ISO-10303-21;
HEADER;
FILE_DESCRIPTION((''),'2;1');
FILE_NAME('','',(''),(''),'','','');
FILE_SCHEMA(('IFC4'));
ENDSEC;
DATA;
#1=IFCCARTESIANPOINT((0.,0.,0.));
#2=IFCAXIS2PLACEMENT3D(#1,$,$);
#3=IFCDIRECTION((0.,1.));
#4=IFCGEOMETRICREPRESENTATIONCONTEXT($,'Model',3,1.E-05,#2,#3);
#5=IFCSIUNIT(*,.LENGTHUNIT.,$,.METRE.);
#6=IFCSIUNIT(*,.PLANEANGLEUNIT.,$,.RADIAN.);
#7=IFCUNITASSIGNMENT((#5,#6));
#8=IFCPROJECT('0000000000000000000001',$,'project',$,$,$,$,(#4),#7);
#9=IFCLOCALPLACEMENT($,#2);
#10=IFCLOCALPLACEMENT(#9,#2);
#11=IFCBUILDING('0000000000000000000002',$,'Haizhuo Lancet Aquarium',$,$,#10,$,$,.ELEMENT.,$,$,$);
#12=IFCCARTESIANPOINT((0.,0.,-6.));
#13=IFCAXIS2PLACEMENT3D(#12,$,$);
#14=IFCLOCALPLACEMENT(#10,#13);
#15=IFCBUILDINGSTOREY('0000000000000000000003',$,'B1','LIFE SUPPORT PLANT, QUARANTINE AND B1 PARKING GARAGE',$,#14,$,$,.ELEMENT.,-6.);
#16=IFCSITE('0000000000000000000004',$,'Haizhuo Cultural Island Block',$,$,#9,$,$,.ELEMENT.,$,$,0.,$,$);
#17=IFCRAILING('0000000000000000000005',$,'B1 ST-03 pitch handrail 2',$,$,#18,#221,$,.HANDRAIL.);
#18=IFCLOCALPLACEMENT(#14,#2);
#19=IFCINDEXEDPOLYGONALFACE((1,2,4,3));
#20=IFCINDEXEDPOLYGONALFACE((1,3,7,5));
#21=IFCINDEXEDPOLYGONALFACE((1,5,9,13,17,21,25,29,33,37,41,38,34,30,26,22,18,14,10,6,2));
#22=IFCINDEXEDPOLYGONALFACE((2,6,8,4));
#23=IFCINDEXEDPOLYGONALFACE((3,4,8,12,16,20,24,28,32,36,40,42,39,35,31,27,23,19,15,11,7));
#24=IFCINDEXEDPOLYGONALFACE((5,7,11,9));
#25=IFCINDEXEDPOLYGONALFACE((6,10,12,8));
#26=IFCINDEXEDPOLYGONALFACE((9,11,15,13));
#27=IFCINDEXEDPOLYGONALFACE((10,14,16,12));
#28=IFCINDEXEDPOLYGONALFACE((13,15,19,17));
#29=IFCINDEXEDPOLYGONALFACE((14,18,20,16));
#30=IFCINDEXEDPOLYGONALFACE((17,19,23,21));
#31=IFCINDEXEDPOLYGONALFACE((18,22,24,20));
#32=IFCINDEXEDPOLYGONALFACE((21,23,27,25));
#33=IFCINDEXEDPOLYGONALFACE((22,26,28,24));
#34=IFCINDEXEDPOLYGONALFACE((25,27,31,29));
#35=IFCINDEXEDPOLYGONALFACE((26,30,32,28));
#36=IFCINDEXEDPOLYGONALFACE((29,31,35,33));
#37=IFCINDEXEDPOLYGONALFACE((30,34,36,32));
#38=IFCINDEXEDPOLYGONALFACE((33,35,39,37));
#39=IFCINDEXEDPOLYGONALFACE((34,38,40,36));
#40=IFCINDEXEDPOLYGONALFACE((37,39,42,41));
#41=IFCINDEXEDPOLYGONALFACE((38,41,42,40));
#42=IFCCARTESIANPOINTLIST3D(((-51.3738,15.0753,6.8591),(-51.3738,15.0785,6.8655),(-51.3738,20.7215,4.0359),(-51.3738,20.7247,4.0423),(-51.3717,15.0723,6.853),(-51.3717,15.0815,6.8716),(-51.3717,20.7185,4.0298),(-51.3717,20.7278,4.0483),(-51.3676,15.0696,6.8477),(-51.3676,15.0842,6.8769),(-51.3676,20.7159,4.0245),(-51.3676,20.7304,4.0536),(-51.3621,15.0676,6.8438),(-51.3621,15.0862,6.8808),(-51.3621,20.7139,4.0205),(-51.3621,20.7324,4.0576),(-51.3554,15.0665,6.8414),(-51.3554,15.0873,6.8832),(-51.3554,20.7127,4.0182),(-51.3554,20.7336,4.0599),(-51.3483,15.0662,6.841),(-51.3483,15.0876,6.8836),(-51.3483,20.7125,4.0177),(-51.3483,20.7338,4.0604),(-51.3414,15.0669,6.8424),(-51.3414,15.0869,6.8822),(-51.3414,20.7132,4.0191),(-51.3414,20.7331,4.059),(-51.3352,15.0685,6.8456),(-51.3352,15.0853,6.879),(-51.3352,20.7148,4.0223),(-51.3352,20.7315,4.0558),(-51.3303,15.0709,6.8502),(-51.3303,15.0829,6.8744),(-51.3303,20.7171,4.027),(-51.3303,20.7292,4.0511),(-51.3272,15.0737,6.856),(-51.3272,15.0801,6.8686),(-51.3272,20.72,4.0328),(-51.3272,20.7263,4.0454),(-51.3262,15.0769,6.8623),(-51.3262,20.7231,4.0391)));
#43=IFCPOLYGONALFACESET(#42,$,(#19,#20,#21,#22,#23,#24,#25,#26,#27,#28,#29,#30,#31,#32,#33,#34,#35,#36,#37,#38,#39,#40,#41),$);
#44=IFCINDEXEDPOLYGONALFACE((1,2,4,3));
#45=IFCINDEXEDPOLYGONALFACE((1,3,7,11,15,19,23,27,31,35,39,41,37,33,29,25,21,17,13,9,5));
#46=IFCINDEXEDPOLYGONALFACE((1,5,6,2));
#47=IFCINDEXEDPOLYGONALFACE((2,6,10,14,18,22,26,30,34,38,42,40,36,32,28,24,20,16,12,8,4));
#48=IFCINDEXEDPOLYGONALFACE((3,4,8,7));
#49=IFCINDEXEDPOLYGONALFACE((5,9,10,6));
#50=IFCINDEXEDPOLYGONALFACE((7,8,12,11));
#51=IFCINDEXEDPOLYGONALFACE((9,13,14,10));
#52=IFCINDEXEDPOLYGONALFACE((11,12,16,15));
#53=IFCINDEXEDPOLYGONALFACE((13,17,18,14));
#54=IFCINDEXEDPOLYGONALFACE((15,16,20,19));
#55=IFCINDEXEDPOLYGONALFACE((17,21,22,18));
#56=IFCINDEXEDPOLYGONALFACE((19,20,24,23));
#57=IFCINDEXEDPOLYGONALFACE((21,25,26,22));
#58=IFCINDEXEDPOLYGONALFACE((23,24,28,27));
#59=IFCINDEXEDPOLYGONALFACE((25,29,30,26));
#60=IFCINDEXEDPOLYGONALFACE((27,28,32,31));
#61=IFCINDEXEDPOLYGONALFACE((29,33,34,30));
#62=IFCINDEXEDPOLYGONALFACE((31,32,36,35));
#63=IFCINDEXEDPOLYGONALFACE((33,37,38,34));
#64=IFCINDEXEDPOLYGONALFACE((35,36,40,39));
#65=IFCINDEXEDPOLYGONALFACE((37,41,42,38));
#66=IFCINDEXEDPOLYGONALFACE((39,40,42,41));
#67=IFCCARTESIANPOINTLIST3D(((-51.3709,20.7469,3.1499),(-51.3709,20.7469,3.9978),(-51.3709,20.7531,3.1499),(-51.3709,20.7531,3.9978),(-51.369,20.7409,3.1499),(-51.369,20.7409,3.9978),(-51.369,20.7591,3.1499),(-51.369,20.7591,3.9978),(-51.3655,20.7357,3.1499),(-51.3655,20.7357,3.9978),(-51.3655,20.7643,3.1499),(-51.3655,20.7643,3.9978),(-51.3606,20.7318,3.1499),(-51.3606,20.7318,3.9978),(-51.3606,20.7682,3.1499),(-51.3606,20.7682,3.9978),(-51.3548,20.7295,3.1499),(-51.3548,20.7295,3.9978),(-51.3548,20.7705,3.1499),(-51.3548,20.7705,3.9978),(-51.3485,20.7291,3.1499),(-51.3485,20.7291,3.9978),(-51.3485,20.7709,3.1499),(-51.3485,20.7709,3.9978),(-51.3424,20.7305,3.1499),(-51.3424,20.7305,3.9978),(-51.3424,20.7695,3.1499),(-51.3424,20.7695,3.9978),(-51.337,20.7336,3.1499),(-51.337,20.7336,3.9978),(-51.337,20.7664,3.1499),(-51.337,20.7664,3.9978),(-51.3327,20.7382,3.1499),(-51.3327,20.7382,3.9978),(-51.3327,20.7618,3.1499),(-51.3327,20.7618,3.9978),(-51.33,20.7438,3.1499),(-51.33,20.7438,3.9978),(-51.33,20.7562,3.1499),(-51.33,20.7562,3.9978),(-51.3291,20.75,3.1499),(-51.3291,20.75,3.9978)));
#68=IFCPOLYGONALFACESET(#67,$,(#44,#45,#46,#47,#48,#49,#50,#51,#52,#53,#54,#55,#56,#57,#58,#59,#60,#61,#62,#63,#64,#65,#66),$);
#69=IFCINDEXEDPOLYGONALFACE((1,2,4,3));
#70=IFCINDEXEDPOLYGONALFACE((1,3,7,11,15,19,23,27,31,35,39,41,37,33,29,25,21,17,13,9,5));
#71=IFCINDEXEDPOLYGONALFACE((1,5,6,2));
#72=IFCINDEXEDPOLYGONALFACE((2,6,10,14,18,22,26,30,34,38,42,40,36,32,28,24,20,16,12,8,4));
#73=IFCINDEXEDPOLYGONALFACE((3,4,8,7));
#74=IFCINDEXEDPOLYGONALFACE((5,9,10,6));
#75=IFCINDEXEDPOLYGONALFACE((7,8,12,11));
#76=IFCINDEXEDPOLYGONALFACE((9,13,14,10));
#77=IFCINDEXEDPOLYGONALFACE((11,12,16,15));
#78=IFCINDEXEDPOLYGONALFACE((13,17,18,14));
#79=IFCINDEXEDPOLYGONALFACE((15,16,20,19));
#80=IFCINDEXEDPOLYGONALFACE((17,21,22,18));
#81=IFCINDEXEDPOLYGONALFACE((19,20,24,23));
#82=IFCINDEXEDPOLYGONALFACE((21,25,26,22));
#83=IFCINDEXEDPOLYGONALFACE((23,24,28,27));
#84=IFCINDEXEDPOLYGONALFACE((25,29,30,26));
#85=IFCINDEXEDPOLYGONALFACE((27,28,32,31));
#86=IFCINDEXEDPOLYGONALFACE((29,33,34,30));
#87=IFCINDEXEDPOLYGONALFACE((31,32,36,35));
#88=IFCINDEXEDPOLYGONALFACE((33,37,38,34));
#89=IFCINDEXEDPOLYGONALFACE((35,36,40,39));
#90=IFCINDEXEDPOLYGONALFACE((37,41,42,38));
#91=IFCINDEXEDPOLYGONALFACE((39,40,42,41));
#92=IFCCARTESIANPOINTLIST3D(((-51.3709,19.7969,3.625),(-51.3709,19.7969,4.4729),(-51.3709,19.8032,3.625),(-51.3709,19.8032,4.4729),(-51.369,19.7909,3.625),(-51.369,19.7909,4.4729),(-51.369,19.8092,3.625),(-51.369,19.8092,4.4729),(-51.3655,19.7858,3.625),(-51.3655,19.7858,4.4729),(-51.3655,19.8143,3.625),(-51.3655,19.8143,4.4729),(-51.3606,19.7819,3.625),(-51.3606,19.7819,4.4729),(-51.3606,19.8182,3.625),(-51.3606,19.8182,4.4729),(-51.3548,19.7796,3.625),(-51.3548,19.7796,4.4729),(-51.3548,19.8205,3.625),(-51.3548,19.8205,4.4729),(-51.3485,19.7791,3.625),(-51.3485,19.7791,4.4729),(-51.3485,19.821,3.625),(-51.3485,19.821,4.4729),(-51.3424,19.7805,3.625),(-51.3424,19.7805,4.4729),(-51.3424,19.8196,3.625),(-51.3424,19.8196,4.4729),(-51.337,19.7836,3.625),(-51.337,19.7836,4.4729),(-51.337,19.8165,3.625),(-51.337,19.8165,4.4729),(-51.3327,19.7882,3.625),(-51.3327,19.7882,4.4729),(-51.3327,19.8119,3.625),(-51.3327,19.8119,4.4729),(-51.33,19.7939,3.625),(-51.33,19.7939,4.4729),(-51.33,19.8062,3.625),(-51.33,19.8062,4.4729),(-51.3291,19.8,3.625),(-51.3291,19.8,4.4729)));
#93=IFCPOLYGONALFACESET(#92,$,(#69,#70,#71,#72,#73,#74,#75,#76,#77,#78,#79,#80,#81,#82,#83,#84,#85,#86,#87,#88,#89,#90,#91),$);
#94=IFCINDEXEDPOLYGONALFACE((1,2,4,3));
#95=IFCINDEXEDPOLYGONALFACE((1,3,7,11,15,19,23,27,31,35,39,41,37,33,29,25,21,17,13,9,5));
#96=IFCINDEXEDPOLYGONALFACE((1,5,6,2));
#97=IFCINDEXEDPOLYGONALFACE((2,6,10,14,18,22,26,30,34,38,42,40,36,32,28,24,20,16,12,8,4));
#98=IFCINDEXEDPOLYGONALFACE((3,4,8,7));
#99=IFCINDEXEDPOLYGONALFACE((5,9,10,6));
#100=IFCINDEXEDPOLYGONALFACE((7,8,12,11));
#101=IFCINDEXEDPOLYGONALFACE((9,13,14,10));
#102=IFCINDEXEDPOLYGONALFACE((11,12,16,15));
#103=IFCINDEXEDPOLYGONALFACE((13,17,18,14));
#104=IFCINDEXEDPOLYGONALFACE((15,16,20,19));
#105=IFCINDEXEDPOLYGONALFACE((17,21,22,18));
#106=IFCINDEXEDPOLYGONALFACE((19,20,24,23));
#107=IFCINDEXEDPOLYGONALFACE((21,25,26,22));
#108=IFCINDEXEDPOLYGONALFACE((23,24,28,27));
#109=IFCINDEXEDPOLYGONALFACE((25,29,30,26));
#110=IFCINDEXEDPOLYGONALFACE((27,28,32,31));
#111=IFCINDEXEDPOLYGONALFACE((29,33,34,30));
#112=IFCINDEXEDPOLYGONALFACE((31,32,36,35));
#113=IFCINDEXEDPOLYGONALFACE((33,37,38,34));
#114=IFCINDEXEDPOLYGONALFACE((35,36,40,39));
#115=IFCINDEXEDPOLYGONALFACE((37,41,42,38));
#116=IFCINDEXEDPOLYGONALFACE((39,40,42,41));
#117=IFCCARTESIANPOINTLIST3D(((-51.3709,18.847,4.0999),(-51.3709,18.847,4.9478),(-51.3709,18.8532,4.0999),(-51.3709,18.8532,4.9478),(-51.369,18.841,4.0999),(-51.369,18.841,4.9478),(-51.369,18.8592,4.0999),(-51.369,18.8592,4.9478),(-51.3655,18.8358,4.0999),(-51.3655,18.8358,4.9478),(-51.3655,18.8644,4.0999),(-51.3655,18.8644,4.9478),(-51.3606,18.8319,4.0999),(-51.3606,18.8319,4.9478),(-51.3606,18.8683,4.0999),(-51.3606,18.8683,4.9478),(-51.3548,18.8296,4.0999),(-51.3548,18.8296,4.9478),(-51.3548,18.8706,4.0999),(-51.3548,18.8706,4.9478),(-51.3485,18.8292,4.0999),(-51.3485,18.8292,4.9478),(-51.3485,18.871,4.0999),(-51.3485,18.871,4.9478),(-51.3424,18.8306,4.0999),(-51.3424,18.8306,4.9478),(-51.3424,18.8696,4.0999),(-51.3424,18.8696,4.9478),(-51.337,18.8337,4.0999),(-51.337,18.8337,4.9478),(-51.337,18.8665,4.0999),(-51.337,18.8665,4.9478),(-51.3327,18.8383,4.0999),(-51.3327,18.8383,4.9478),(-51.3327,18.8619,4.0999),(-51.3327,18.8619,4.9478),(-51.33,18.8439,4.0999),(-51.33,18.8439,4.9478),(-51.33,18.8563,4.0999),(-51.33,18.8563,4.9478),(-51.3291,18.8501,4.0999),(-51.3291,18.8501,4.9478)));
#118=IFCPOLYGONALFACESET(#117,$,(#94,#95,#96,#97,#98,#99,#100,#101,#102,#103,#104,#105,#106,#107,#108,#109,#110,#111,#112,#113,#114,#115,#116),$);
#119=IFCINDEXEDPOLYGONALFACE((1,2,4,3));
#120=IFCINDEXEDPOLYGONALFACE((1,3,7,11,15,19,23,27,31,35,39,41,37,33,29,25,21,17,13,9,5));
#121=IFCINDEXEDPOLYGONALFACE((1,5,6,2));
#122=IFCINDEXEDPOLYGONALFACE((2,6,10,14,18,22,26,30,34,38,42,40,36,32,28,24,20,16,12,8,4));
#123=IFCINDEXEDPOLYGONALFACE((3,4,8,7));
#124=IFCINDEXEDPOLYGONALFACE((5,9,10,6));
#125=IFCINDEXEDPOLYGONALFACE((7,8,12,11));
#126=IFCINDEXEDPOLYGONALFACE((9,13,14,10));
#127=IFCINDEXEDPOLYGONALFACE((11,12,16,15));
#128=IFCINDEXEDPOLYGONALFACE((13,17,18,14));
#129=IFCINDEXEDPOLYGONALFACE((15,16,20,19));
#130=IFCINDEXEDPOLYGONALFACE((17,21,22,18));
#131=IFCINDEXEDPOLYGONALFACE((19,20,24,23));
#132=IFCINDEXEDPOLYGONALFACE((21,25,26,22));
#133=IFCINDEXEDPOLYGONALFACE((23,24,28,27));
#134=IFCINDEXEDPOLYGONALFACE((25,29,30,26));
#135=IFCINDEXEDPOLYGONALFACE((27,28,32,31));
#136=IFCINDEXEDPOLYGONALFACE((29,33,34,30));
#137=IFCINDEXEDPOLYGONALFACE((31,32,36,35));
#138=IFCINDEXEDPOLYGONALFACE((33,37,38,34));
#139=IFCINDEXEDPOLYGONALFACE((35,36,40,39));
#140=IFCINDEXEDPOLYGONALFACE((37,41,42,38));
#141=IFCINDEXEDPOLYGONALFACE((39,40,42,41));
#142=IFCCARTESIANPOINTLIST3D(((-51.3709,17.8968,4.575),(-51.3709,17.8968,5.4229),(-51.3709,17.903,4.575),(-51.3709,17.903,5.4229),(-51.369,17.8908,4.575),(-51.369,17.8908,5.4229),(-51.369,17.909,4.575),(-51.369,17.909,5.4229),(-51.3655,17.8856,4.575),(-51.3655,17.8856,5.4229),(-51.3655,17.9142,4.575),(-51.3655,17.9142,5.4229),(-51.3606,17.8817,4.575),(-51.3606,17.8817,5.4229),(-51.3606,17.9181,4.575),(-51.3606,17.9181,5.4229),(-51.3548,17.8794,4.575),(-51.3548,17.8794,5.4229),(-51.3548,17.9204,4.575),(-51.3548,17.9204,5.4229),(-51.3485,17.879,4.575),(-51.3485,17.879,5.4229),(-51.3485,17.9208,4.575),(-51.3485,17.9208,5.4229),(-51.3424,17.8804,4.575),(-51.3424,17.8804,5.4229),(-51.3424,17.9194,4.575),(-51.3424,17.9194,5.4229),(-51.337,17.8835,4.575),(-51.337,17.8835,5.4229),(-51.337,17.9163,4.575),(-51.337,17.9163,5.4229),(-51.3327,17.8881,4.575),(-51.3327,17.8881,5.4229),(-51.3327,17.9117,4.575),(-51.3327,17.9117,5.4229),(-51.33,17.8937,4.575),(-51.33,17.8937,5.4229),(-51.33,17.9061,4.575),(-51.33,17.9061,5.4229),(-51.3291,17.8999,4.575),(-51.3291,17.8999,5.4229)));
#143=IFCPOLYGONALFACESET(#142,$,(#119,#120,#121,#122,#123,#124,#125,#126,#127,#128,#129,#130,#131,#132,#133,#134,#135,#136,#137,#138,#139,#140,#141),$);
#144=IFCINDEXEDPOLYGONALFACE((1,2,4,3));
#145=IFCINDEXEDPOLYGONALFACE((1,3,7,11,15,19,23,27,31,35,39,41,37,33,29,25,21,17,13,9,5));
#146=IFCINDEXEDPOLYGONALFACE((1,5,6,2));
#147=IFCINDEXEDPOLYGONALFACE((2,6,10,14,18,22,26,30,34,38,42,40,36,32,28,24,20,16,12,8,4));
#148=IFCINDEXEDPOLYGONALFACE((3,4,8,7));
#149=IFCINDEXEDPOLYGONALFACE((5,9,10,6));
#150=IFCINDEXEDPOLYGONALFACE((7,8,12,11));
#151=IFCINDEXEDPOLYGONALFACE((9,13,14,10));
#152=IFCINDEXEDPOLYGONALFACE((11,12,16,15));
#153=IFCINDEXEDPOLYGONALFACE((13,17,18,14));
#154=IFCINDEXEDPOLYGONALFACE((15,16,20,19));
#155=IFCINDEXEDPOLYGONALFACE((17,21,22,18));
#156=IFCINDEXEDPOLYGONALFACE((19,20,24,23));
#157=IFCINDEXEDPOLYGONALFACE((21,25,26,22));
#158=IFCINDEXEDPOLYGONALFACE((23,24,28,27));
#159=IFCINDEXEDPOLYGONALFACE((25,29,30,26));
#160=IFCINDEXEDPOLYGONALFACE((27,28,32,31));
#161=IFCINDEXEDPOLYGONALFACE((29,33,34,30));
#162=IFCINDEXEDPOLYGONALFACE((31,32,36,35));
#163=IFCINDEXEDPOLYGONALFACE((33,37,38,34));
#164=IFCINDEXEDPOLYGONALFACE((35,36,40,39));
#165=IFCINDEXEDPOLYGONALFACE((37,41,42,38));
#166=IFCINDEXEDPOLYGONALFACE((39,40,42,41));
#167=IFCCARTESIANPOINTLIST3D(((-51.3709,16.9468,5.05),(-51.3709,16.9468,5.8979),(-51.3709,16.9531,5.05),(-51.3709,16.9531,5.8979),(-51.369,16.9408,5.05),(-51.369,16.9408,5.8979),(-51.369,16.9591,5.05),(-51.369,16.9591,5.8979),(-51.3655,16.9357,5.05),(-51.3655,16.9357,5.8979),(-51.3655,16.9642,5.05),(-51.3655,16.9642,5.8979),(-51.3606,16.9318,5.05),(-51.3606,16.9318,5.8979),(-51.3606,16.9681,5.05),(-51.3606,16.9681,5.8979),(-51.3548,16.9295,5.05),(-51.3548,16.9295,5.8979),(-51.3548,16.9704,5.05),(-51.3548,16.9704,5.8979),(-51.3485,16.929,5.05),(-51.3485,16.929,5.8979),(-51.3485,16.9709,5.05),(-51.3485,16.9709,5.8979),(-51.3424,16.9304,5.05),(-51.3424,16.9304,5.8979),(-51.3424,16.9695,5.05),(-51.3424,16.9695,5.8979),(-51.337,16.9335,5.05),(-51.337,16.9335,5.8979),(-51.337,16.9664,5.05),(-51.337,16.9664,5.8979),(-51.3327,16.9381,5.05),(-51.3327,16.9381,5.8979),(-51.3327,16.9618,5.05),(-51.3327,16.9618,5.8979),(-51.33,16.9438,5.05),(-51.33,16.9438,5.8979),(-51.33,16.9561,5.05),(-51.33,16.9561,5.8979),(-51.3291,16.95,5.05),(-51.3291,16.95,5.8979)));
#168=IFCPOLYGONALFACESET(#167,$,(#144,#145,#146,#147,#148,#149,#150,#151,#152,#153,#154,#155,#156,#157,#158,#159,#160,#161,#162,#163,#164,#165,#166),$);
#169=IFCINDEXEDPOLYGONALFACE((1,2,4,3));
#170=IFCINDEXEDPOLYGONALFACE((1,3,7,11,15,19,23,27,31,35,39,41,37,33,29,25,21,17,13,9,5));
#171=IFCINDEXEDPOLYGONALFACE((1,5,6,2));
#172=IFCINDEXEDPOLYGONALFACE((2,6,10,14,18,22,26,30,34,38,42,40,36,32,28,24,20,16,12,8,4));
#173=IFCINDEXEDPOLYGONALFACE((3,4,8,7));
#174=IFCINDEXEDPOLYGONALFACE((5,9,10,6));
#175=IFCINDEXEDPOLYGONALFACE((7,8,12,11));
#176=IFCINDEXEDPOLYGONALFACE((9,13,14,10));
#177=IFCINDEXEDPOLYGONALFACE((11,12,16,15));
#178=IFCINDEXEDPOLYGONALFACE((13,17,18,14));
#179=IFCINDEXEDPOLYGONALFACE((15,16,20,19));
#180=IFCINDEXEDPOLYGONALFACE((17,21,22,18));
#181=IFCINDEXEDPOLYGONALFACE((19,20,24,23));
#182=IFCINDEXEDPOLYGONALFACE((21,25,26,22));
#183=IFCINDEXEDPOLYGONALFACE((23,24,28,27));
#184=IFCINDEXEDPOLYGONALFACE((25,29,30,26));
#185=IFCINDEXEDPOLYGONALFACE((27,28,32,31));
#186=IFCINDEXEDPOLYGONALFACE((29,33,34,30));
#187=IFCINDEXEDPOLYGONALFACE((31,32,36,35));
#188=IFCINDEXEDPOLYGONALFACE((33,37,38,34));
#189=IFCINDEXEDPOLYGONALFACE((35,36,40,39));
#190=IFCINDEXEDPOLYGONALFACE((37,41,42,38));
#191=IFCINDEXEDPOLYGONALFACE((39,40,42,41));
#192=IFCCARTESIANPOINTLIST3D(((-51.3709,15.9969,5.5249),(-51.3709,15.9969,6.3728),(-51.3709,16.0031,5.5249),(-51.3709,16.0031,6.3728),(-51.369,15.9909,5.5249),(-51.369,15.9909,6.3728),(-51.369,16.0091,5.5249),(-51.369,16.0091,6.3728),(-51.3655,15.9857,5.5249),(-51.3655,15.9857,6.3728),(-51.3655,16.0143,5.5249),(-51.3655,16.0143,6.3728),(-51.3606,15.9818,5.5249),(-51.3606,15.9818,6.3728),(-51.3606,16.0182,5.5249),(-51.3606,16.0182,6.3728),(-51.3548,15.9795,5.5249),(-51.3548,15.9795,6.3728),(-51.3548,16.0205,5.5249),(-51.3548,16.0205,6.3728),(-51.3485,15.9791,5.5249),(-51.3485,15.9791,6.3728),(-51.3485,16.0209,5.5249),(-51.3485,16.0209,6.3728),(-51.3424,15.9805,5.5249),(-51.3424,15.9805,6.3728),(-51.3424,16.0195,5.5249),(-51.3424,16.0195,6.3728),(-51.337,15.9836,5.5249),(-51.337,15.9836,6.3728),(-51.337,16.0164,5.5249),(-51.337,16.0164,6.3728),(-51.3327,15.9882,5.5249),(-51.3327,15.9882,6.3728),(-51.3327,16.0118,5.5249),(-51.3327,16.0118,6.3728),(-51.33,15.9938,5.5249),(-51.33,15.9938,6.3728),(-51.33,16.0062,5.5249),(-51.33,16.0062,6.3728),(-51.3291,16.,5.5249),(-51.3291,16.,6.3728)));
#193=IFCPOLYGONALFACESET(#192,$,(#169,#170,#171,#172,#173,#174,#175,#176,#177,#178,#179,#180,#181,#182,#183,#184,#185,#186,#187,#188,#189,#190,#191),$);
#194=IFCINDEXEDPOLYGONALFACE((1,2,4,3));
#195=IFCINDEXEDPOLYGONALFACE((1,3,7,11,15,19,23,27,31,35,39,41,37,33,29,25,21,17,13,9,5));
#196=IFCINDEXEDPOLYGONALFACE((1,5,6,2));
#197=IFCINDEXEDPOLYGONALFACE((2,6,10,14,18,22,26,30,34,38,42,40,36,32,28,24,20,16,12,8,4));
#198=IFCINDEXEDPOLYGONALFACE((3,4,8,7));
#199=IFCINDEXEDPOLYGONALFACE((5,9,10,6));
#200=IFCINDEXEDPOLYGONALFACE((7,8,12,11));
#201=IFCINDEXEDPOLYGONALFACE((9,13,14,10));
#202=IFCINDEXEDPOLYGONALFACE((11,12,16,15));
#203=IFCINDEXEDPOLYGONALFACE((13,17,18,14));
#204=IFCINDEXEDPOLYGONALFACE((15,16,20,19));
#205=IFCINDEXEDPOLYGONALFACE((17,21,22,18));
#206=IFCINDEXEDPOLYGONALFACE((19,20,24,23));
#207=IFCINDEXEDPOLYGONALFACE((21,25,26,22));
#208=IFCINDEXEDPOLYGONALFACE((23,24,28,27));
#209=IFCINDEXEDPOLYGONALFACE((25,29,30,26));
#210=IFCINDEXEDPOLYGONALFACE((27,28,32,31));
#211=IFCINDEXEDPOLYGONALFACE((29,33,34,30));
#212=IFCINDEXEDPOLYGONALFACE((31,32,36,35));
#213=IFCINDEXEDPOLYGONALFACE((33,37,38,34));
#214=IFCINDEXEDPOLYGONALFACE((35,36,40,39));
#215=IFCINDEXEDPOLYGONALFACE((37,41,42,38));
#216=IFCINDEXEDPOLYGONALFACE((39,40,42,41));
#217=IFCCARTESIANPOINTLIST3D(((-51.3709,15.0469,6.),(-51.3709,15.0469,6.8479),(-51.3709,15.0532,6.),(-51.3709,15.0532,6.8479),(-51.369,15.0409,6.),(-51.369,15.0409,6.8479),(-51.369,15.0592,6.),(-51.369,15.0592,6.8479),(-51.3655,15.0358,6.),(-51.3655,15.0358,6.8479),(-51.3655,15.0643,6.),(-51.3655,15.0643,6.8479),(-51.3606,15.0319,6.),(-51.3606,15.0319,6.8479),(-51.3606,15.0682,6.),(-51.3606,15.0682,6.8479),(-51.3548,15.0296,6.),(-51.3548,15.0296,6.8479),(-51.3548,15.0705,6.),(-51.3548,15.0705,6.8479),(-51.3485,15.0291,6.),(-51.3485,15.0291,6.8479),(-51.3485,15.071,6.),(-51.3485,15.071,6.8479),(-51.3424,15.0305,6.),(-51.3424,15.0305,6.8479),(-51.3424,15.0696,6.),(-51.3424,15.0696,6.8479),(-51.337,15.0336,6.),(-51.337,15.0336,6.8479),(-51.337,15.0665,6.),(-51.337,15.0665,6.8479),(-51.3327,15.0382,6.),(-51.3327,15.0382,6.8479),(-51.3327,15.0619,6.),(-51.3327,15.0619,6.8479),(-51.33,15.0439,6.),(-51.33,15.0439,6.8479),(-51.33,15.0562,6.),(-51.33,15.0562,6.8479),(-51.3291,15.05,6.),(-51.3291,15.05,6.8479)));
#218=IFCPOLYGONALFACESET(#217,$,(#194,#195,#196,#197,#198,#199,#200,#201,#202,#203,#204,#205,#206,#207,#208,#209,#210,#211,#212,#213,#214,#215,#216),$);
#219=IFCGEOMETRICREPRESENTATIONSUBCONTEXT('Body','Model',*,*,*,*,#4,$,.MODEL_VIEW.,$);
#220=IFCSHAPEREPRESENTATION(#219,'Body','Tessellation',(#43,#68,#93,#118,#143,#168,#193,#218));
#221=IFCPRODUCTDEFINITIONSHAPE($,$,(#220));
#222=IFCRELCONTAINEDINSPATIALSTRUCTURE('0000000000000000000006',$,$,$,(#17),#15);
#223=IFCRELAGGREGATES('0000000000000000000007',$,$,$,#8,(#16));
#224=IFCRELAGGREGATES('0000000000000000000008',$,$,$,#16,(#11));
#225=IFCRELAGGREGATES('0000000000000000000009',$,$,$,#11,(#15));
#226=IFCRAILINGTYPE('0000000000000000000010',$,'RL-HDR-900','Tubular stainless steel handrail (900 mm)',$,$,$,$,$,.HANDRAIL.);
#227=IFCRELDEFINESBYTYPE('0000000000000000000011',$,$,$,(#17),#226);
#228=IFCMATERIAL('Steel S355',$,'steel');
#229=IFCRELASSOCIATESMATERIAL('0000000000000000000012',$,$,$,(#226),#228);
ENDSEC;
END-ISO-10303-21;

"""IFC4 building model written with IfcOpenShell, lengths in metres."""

from ifc_helpers import new_model, si_unit, direction, frame, origin, origin_2d, place, context, subcontext, project, spatial, circle, extrude, material, type_object, element, save


model = new_model("IFC4")

# Units and contexts
model_context = context("Model", 3, precision=1e-05, world=origin(), true_north=direction((0.0, 1.0)))
body_context = subcontext(model_context, "Body", "Model", "MODEL_VIEW")
ifc_project = project(units=[si_unit("LENGTHUNIT", "METRE"), si_unit("PLANEANGLEUNIT", "RADIAN")], contexts=[model_context])

# Site, building, storey
site_placement = place(None, origin())
site = spatial("IfcSite", under=ifc_project, at=site_placement, Name="Haizhuo Cultural Island Block", CompositionType="ELEMENT", RefElevation=0.0)
building_placement = place(site_placement, origin())
building = spatial("IfcBuilding", under=site, at=building_placement, Name="Haizhuo Lancet Aquarium", CompositionType="ELEMENT")
storey_placement = place(building_placement, frame((0.0, 0.0, -6.0)))
storey = spatial("IfcBuildingStorey", under=building, at=storey_placement, Name="B1", Description="LIFE SUPPORT PLANT, QUARANTINE AND B1 PARKING GARAGE", CompositionType="ELEMENT", Elevation=-6.0)

# Shared definitions
ifc_material_1 = material(Name="Steel S355", Category="steel")

# Railing
railing_type_1 = type_object("IfcRailingType", Name="RL-HDR-900", Description="Tubular stainless steel handrail (900 mm)", PredefinedType="HANDRAIL", material=ifc_material_1)
railing_1_placement = place(storey_placement, frame((-51.3501, 20.75, 3.1499)))
element("IfcRailing", 1, at=railing_1_placement, inside=storey, type_object=railing_type_1, Name="B1 ST-03 pitch handrail 2", PredefinedType="HANDRAIL", context=body_context, shape_type="SweptSolid", body=[
    extrude(circle(Radius=0.0239, at=origin_2d()), frame((0.0, -0.0269, 0.8892), z_axis=(0.0, -0.89442, 0.447229), x_axis=(1.0, 0.0, 0.0)), (0.0, 0.0, 1.0), 6.3127),
    extrude(circle(Radius=0.021, at=origin_2d()), origin(), (0.0, 0.0, 1.0), 0.8479),
    extrude(circle(Radius=0.021, at=origin_2d()), frame((0.0, -0.95, 0.4751)), (0.0, 0.0, 1.0), 0.8479),
    extrude(circle(Radius=0.021, at=origin_2d()), frame((0.0, -1.8999, 0.95)), (0.0, 0.0, 1.0), 0.8479),
    extrude(circle(Radius=0.021, at=origin_2d()), frame((0.0, -2.8501, 1.425)), (0.0, 0.0, 1.0), 0.8479),
    extrude(circle(Radius=0.021, at=origin_2d()), frame((0.0, -3.8, 1.9001)), (0.0, 0.0, 1.0), 0.8479),
    extrude(circle(Radius=0.021, at=origin_2d()), frame((0.0, -4.75, 2.375)), (0.0, 0.0, 1.0), 0.8479),
    extrude(circle(Radius=0.021, at=origin_2d()), frame((0.0, -5.7, 2.8501)), (0.0, 0.0, 1.0), 0.8479),
])

save(model, "model.ifc")
